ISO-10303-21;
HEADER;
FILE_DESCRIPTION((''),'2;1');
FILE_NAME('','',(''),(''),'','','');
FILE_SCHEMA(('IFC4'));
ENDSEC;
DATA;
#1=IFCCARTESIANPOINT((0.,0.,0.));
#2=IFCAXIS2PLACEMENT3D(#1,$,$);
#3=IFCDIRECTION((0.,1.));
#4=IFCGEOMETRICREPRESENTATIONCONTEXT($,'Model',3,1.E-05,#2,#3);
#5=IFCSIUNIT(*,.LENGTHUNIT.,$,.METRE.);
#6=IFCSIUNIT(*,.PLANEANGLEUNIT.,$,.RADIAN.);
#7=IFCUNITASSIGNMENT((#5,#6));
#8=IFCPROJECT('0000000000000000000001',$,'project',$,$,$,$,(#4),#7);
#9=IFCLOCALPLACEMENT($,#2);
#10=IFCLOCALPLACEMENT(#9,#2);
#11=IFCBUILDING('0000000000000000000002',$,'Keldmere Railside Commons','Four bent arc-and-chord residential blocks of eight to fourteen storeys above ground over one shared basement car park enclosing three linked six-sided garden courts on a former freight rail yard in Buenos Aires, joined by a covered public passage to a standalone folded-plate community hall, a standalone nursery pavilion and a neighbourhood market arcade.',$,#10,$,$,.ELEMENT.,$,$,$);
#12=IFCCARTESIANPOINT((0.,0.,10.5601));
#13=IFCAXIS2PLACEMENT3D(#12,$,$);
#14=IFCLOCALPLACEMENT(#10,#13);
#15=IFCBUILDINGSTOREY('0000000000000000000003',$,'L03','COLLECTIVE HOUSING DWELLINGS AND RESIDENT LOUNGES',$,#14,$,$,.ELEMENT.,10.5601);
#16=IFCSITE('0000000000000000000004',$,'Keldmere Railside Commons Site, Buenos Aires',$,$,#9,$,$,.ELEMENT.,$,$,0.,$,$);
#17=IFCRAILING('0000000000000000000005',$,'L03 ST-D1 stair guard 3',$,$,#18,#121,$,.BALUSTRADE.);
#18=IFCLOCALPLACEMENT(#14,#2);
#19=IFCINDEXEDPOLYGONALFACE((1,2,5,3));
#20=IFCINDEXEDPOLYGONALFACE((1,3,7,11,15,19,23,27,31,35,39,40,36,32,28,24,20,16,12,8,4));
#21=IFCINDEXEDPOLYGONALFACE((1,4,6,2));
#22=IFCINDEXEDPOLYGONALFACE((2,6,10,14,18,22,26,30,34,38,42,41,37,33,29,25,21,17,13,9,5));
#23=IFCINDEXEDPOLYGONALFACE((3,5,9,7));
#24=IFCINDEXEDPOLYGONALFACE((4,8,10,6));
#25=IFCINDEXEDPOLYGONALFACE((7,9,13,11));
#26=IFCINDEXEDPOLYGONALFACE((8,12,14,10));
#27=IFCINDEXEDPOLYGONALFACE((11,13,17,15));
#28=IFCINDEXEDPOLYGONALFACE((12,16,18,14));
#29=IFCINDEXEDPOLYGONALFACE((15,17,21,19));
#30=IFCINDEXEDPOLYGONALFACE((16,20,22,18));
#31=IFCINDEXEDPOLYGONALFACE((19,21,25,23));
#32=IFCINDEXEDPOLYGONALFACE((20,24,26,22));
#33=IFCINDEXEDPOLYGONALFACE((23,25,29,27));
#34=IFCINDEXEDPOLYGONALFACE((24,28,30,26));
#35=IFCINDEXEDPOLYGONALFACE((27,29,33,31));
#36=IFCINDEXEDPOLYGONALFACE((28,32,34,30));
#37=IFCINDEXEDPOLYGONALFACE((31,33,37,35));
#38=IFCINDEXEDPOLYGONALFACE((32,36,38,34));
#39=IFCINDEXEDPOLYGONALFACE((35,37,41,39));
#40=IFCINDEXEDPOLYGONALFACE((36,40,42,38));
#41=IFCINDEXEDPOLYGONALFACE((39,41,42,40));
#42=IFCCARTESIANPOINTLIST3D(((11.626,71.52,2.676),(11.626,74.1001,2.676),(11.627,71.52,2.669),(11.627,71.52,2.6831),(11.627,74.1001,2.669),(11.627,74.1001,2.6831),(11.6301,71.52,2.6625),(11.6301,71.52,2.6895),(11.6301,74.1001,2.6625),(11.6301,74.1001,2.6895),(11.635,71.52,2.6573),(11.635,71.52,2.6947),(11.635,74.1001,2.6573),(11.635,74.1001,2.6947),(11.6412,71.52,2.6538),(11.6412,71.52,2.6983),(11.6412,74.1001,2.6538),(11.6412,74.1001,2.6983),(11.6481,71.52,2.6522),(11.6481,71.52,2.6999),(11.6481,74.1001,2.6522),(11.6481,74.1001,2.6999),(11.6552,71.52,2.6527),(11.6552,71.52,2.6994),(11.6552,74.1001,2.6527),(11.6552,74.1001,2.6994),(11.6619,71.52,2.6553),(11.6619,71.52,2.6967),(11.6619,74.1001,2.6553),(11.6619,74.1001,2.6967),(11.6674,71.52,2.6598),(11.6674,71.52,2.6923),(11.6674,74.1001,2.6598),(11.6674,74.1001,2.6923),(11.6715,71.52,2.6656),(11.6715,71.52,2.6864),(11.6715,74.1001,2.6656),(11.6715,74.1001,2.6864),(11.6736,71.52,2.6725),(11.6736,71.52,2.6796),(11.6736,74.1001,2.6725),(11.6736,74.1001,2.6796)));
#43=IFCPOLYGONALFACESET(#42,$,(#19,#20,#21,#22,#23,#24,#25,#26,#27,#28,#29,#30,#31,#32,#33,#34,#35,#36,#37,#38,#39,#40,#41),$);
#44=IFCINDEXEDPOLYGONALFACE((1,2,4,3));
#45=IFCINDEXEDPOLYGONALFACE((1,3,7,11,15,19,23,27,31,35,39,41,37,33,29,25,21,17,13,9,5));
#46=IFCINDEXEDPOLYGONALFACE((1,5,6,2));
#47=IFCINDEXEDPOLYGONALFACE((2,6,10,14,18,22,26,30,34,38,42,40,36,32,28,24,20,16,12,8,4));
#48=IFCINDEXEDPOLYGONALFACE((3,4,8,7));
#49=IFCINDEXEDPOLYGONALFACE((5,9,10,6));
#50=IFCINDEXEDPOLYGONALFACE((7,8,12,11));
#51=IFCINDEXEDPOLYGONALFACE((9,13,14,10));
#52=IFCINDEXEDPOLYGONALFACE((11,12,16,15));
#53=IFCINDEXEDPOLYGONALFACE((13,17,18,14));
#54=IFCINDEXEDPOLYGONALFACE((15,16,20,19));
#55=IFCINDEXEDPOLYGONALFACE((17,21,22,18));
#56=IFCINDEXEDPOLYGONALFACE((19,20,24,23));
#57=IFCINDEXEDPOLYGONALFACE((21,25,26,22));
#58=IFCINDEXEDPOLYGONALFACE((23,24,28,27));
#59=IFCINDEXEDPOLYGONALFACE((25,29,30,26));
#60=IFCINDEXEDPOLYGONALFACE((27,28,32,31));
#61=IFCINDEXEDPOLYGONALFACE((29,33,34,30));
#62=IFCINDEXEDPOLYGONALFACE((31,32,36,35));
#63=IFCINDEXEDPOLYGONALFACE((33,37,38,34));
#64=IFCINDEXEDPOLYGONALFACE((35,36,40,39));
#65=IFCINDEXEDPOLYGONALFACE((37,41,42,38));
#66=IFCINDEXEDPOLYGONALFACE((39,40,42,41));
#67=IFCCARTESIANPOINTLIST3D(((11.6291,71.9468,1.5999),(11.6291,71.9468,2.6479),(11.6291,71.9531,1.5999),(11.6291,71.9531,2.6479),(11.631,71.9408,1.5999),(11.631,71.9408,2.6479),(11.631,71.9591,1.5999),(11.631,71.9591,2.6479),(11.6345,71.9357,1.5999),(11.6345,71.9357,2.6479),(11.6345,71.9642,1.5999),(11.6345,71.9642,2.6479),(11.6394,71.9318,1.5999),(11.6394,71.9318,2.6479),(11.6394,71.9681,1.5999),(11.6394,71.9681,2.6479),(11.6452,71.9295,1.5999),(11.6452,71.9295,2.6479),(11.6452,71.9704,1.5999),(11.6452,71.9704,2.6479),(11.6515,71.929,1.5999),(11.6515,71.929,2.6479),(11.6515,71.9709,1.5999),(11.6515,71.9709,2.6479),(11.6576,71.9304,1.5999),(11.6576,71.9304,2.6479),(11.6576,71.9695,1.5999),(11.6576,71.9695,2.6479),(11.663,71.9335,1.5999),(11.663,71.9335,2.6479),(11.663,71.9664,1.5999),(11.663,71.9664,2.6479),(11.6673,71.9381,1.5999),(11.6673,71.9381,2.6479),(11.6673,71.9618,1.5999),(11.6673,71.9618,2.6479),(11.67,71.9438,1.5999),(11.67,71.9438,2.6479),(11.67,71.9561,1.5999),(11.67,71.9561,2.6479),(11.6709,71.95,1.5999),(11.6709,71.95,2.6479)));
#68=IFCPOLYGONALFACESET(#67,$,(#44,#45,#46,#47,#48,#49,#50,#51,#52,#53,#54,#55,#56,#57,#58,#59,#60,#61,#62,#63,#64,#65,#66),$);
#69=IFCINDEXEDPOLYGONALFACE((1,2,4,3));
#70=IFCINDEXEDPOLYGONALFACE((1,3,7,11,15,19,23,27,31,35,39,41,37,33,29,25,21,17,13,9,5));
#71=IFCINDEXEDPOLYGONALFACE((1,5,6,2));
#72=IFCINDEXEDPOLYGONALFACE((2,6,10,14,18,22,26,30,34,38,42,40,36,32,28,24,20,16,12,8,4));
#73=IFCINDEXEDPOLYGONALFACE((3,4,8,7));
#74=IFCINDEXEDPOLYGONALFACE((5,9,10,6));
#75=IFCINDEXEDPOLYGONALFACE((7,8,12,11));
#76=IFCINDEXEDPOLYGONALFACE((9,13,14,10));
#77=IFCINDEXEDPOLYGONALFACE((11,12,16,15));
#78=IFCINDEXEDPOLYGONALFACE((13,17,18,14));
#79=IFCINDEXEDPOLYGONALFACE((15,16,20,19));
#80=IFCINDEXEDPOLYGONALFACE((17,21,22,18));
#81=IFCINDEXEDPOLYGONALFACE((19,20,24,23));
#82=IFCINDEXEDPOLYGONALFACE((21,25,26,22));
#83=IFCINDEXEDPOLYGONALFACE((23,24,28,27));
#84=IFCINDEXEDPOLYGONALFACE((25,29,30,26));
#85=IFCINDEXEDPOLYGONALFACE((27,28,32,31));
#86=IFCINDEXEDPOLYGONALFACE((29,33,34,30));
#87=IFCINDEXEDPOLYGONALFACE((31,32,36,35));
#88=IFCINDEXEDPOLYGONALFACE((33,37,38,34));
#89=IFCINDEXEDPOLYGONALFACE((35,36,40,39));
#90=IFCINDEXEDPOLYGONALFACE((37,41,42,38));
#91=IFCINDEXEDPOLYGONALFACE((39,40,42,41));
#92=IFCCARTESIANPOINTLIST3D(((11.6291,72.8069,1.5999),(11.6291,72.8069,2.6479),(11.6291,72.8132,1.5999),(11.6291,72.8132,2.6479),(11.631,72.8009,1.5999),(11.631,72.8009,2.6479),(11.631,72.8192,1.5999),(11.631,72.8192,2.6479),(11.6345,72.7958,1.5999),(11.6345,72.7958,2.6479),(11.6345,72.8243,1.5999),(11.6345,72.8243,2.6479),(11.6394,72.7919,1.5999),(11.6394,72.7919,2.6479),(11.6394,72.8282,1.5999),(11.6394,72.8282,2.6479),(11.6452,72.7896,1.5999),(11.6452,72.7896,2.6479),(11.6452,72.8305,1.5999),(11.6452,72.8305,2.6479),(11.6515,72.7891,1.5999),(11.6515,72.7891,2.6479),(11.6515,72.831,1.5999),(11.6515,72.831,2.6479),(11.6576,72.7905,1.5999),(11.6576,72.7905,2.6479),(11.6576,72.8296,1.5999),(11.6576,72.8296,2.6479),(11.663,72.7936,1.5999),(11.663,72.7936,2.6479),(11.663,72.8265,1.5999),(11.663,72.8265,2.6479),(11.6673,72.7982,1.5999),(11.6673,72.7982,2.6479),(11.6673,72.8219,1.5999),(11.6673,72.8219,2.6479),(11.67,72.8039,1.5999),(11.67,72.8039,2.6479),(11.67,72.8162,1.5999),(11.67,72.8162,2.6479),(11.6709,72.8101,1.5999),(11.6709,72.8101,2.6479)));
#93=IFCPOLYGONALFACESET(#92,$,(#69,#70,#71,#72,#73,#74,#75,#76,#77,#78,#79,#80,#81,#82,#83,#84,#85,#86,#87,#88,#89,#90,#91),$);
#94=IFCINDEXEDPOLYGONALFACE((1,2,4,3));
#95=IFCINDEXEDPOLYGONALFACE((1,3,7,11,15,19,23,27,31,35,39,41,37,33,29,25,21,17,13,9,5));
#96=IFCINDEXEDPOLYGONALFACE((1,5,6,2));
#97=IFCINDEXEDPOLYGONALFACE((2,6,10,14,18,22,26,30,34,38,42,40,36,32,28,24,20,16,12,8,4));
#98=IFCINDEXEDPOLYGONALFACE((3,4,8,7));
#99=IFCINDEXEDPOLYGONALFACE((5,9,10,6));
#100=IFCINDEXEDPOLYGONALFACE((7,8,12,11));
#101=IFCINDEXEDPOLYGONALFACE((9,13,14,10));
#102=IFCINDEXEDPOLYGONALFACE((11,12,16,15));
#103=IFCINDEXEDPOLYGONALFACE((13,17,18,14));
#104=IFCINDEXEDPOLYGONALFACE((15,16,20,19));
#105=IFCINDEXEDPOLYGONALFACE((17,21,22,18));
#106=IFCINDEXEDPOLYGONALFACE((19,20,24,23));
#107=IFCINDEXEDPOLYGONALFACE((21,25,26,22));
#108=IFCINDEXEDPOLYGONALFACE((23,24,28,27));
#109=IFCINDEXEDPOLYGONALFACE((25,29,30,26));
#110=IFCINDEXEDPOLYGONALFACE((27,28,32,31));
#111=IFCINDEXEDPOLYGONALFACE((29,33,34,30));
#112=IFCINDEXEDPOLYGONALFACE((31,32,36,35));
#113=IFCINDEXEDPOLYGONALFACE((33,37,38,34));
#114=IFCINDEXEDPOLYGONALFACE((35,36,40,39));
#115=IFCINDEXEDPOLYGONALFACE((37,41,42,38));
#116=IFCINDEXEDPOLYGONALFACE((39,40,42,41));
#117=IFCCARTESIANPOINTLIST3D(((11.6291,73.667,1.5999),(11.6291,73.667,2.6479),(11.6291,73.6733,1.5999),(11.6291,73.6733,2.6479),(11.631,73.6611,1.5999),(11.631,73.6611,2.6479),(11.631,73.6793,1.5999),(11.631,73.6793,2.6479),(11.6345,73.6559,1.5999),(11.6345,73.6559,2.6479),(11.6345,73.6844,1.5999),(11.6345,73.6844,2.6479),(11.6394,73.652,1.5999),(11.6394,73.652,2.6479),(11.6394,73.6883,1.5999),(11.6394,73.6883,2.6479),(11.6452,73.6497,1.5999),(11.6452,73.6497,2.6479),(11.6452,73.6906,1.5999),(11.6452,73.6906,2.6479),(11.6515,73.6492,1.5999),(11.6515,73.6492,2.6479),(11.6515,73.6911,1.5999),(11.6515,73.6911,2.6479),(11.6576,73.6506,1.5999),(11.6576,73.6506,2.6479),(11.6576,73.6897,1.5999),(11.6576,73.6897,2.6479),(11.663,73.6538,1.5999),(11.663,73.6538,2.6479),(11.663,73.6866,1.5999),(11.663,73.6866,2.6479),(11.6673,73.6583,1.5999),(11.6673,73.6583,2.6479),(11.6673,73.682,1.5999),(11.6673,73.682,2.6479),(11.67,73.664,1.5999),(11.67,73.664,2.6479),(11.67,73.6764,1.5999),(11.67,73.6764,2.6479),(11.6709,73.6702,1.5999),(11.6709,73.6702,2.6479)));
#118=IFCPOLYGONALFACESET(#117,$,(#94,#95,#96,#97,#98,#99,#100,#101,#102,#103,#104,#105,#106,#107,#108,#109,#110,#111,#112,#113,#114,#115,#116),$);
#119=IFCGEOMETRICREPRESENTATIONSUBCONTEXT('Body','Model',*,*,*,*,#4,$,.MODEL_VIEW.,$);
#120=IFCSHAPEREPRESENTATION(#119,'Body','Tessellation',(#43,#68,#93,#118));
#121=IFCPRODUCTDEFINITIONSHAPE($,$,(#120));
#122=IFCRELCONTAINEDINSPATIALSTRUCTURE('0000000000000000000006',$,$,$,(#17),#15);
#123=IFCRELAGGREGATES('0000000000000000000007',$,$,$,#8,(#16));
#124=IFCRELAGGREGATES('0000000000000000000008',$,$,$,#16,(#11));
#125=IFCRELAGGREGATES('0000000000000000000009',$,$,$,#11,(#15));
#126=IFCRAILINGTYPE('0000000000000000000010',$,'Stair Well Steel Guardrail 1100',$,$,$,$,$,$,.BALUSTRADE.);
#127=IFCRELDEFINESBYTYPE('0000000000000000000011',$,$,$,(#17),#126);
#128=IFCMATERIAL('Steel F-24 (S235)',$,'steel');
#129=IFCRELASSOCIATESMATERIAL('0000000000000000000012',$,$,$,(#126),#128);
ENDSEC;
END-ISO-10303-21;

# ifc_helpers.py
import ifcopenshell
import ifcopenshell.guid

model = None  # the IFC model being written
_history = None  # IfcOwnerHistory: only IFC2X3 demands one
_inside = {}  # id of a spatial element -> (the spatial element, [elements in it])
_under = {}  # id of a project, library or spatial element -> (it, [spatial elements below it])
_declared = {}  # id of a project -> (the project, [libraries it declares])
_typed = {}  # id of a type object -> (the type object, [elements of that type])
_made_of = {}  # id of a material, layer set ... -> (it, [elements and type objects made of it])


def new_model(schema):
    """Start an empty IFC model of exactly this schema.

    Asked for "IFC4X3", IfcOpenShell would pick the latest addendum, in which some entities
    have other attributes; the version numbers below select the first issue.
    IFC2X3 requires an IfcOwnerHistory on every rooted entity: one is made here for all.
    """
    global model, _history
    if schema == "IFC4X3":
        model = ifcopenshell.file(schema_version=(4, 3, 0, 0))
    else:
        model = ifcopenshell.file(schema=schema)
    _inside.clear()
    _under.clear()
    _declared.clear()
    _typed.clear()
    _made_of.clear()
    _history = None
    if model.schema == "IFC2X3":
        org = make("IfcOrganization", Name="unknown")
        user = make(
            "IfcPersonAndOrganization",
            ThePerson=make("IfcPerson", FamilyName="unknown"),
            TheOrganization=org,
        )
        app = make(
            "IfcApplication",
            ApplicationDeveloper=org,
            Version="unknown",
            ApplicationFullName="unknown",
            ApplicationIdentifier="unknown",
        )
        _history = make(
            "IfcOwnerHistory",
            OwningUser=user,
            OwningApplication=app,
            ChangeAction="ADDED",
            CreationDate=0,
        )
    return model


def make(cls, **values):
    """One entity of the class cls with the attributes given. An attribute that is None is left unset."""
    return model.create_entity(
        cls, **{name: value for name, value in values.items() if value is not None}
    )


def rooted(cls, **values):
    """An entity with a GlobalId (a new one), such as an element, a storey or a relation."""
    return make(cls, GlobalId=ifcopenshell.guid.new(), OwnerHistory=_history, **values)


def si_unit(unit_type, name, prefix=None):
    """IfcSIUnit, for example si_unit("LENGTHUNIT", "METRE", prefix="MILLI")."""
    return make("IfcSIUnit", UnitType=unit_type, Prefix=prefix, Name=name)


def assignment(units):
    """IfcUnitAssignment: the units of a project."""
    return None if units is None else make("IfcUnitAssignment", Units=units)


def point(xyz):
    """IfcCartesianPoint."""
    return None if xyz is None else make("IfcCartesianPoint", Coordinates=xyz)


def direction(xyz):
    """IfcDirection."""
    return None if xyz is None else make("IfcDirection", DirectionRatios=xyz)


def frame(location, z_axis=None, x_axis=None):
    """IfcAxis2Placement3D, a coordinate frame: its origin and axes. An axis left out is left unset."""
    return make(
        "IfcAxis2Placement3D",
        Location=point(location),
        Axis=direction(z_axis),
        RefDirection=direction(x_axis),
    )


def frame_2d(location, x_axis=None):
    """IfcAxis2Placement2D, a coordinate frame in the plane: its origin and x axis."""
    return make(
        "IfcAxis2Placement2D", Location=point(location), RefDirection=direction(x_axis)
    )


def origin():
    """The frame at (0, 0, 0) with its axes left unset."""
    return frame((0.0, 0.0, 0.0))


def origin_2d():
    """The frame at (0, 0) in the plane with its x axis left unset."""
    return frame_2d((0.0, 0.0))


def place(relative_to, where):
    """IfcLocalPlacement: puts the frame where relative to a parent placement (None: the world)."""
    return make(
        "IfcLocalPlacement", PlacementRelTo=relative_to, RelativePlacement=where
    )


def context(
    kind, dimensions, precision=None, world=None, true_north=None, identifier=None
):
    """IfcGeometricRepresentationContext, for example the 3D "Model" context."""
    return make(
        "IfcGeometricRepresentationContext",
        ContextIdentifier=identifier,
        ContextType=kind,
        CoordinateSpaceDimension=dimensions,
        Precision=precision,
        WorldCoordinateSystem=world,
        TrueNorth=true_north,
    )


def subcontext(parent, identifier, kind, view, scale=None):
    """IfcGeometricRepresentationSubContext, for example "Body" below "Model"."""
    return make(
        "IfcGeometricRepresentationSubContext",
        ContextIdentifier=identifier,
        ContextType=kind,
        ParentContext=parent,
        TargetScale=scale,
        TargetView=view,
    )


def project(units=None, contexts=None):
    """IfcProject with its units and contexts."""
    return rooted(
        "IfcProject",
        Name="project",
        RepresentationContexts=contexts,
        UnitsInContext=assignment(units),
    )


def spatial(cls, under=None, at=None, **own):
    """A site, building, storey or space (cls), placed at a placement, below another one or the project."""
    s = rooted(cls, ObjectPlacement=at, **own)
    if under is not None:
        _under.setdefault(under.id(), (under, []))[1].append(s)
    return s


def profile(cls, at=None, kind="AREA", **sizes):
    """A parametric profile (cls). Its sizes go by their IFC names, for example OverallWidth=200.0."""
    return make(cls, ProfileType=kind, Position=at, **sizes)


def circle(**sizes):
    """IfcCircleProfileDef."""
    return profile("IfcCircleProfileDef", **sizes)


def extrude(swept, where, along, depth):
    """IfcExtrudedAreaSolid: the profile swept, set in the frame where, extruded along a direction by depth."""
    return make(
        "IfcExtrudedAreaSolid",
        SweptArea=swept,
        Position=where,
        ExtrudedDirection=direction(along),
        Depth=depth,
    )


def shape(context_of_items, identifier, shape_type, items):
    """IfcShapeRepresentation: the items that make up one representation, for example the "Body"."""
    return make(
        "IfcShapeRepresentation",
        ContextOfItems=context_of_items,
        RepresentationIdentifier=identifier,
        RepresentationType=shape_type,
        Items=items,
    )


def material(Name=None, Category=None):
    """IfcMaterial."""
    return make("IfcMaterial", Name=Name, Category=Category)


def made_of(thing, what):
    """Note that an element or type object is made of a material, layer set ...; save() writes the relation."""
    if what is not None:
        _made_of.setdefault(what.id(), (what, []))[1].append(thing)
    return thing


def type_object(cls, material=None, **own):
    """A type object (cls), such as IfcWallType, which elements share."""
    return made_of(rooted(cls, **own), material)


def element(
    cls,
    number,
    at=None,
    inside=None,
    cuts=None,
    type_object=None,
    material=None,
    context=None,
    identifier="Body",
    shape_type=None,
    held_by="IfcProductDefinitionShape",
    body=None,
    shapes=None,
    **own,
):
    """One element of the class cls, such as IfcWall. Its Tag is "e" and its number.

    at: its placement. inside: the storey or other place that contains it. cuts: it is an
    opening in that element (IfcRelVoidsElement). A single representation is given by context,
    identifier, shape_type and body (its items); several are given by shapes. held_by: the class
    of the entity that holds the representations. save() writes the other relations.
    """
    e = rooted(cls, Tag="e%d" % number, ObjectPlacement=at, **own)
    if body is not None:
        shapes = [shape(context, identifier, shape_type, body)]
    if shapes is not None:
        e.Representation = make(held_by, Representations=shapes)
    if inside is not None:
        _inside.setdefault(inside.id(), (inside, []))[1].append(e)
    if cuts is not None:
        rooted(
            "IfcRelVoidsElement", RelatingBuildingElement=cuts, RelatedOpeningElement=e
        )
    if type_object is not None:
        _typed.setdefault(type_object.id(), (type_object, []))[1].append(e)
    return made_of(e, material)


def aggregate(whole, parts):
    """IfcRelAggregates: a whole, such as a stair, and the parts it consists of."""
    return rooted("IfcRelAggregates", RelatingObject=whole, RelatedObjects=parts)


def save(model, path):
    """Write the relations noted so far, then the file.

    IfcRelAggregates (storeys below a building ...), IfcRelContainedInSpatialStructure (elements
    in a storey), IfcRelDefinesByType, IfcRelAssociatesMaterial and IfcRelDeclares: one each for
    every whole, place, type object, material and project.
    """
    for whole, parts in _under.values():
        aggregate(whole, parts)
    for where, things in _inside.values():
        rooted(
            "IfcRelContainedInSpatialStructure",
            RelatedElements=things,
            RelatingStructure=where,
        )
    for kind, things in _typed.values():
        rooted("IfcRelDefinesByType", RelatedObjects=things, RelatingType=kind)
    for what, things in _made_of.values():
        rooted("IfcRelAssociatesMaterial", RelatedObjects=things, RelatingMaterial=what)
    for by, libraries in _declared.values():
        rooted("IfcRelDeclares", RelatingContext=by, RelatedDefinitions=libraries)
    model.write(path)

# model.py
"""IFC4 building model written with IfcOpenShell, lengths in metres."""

from ifc_helpers import new_model, si_unit, direction, frame, origin, origin_2d, place, context, subcontext, project, spatial, circle, extrude, material, type_object, element, save


model = new_model("IFC4")

# Units and contexts
model_context = context("Model", 3, precision=1e-05, world=origin(), true_north=direction((0.0, 1.0)))
body_context = subcontext(model_context, "Body", "Model", "MODEL_VIEW")
ifc_project = project(units=[si_unit("LENGTHUNIT", "METRE"), si_unit("PLANEANGLEUNIT", "RADIAN")], contexts=[model_context])

# Site, building, storey
site_placement = place(None, origin())
site = spatial("IfcSite", under=ifc_project, at=site_placement, Name="Keldmere Railside Commons Site, Buenos Aires", CompositionType="ELEMENT", RefElevation=0.0)
building_placement = place(site_placement, origin())
building = spatial("IfcBuilding", under=site, at=building_placement, Name="Keldmere Railside Commons", Description="Four bent arc-and-chord residential blocks of eight to fourteen storeys above ground over one shared basement car park enclosing three linked six-sided garden courts on a former freight rail yard in Buenos Aires, joined by a covered public passage to a standalone folded-plate community hall, a standalone nursery pavilion and a neighbourhood market arcade.", CompositionType="ELEMENT")
storey_placement = place(building_placement, frame((0.0, 0.0, 10.5601)))
storey = spatial("IfcBuildingStorey", under=building, at=storey_placement, Name="L03", Description="COLLECTIVE HOUSING DWELLINGS AND RESIDENT LOUNGES", CompositionType="ELEMENT", Elevation=10.5601)

# Railing
ifc_material_1 = material(Name="Steel F-24 (S235)", Category="steel")
railing_type_1 = type_object("IfcRailingType", Name="Stair Well Steel Guardrail 1100", PredefinedType="BALUSTRADE", material=ifc_material_1)
railing_1_placement = place(storey_placement, frame((11.6499, 71.52, 1.5999)))
element("IfcRailing", 1, at=railing_1_placement, inside=storey, type_object=railing_type_1, Name="L03 ST-D1 stair guard 3", PredefinedType="BALUSTRADE", context=body_context, shape_type="SweptSolid", body=[
    extrude(circle(Radius=0.0239, at=origin_2d()), frame((0.0, 0.0, 1.0762), z_axis=(0.0, 1.0, 0.0), x_axis=(-1.0, 0.0, 0.0)), (0.0, 0.0, 1.0), 2.5801),
    extrude(circle(Radius=0.021, at=origin_2d()), frame((0.0, 0.4299, 0.0)), (0.0, 0.0, 1.0), 1.0481),
    extrude(circle(Radius=0.021, at=origin_2d()), frame((0.0, 1.29, 0.0)), (0.0, 0.0, 1.0), 1.0481),
    extrude(circle(Radius=0.021, at=origin_2d()), frame((0.0, 2.1501, 0.0)), (0.0, 0.0, 1.0), 1.0481),
])

save(model, "model.ifc")
